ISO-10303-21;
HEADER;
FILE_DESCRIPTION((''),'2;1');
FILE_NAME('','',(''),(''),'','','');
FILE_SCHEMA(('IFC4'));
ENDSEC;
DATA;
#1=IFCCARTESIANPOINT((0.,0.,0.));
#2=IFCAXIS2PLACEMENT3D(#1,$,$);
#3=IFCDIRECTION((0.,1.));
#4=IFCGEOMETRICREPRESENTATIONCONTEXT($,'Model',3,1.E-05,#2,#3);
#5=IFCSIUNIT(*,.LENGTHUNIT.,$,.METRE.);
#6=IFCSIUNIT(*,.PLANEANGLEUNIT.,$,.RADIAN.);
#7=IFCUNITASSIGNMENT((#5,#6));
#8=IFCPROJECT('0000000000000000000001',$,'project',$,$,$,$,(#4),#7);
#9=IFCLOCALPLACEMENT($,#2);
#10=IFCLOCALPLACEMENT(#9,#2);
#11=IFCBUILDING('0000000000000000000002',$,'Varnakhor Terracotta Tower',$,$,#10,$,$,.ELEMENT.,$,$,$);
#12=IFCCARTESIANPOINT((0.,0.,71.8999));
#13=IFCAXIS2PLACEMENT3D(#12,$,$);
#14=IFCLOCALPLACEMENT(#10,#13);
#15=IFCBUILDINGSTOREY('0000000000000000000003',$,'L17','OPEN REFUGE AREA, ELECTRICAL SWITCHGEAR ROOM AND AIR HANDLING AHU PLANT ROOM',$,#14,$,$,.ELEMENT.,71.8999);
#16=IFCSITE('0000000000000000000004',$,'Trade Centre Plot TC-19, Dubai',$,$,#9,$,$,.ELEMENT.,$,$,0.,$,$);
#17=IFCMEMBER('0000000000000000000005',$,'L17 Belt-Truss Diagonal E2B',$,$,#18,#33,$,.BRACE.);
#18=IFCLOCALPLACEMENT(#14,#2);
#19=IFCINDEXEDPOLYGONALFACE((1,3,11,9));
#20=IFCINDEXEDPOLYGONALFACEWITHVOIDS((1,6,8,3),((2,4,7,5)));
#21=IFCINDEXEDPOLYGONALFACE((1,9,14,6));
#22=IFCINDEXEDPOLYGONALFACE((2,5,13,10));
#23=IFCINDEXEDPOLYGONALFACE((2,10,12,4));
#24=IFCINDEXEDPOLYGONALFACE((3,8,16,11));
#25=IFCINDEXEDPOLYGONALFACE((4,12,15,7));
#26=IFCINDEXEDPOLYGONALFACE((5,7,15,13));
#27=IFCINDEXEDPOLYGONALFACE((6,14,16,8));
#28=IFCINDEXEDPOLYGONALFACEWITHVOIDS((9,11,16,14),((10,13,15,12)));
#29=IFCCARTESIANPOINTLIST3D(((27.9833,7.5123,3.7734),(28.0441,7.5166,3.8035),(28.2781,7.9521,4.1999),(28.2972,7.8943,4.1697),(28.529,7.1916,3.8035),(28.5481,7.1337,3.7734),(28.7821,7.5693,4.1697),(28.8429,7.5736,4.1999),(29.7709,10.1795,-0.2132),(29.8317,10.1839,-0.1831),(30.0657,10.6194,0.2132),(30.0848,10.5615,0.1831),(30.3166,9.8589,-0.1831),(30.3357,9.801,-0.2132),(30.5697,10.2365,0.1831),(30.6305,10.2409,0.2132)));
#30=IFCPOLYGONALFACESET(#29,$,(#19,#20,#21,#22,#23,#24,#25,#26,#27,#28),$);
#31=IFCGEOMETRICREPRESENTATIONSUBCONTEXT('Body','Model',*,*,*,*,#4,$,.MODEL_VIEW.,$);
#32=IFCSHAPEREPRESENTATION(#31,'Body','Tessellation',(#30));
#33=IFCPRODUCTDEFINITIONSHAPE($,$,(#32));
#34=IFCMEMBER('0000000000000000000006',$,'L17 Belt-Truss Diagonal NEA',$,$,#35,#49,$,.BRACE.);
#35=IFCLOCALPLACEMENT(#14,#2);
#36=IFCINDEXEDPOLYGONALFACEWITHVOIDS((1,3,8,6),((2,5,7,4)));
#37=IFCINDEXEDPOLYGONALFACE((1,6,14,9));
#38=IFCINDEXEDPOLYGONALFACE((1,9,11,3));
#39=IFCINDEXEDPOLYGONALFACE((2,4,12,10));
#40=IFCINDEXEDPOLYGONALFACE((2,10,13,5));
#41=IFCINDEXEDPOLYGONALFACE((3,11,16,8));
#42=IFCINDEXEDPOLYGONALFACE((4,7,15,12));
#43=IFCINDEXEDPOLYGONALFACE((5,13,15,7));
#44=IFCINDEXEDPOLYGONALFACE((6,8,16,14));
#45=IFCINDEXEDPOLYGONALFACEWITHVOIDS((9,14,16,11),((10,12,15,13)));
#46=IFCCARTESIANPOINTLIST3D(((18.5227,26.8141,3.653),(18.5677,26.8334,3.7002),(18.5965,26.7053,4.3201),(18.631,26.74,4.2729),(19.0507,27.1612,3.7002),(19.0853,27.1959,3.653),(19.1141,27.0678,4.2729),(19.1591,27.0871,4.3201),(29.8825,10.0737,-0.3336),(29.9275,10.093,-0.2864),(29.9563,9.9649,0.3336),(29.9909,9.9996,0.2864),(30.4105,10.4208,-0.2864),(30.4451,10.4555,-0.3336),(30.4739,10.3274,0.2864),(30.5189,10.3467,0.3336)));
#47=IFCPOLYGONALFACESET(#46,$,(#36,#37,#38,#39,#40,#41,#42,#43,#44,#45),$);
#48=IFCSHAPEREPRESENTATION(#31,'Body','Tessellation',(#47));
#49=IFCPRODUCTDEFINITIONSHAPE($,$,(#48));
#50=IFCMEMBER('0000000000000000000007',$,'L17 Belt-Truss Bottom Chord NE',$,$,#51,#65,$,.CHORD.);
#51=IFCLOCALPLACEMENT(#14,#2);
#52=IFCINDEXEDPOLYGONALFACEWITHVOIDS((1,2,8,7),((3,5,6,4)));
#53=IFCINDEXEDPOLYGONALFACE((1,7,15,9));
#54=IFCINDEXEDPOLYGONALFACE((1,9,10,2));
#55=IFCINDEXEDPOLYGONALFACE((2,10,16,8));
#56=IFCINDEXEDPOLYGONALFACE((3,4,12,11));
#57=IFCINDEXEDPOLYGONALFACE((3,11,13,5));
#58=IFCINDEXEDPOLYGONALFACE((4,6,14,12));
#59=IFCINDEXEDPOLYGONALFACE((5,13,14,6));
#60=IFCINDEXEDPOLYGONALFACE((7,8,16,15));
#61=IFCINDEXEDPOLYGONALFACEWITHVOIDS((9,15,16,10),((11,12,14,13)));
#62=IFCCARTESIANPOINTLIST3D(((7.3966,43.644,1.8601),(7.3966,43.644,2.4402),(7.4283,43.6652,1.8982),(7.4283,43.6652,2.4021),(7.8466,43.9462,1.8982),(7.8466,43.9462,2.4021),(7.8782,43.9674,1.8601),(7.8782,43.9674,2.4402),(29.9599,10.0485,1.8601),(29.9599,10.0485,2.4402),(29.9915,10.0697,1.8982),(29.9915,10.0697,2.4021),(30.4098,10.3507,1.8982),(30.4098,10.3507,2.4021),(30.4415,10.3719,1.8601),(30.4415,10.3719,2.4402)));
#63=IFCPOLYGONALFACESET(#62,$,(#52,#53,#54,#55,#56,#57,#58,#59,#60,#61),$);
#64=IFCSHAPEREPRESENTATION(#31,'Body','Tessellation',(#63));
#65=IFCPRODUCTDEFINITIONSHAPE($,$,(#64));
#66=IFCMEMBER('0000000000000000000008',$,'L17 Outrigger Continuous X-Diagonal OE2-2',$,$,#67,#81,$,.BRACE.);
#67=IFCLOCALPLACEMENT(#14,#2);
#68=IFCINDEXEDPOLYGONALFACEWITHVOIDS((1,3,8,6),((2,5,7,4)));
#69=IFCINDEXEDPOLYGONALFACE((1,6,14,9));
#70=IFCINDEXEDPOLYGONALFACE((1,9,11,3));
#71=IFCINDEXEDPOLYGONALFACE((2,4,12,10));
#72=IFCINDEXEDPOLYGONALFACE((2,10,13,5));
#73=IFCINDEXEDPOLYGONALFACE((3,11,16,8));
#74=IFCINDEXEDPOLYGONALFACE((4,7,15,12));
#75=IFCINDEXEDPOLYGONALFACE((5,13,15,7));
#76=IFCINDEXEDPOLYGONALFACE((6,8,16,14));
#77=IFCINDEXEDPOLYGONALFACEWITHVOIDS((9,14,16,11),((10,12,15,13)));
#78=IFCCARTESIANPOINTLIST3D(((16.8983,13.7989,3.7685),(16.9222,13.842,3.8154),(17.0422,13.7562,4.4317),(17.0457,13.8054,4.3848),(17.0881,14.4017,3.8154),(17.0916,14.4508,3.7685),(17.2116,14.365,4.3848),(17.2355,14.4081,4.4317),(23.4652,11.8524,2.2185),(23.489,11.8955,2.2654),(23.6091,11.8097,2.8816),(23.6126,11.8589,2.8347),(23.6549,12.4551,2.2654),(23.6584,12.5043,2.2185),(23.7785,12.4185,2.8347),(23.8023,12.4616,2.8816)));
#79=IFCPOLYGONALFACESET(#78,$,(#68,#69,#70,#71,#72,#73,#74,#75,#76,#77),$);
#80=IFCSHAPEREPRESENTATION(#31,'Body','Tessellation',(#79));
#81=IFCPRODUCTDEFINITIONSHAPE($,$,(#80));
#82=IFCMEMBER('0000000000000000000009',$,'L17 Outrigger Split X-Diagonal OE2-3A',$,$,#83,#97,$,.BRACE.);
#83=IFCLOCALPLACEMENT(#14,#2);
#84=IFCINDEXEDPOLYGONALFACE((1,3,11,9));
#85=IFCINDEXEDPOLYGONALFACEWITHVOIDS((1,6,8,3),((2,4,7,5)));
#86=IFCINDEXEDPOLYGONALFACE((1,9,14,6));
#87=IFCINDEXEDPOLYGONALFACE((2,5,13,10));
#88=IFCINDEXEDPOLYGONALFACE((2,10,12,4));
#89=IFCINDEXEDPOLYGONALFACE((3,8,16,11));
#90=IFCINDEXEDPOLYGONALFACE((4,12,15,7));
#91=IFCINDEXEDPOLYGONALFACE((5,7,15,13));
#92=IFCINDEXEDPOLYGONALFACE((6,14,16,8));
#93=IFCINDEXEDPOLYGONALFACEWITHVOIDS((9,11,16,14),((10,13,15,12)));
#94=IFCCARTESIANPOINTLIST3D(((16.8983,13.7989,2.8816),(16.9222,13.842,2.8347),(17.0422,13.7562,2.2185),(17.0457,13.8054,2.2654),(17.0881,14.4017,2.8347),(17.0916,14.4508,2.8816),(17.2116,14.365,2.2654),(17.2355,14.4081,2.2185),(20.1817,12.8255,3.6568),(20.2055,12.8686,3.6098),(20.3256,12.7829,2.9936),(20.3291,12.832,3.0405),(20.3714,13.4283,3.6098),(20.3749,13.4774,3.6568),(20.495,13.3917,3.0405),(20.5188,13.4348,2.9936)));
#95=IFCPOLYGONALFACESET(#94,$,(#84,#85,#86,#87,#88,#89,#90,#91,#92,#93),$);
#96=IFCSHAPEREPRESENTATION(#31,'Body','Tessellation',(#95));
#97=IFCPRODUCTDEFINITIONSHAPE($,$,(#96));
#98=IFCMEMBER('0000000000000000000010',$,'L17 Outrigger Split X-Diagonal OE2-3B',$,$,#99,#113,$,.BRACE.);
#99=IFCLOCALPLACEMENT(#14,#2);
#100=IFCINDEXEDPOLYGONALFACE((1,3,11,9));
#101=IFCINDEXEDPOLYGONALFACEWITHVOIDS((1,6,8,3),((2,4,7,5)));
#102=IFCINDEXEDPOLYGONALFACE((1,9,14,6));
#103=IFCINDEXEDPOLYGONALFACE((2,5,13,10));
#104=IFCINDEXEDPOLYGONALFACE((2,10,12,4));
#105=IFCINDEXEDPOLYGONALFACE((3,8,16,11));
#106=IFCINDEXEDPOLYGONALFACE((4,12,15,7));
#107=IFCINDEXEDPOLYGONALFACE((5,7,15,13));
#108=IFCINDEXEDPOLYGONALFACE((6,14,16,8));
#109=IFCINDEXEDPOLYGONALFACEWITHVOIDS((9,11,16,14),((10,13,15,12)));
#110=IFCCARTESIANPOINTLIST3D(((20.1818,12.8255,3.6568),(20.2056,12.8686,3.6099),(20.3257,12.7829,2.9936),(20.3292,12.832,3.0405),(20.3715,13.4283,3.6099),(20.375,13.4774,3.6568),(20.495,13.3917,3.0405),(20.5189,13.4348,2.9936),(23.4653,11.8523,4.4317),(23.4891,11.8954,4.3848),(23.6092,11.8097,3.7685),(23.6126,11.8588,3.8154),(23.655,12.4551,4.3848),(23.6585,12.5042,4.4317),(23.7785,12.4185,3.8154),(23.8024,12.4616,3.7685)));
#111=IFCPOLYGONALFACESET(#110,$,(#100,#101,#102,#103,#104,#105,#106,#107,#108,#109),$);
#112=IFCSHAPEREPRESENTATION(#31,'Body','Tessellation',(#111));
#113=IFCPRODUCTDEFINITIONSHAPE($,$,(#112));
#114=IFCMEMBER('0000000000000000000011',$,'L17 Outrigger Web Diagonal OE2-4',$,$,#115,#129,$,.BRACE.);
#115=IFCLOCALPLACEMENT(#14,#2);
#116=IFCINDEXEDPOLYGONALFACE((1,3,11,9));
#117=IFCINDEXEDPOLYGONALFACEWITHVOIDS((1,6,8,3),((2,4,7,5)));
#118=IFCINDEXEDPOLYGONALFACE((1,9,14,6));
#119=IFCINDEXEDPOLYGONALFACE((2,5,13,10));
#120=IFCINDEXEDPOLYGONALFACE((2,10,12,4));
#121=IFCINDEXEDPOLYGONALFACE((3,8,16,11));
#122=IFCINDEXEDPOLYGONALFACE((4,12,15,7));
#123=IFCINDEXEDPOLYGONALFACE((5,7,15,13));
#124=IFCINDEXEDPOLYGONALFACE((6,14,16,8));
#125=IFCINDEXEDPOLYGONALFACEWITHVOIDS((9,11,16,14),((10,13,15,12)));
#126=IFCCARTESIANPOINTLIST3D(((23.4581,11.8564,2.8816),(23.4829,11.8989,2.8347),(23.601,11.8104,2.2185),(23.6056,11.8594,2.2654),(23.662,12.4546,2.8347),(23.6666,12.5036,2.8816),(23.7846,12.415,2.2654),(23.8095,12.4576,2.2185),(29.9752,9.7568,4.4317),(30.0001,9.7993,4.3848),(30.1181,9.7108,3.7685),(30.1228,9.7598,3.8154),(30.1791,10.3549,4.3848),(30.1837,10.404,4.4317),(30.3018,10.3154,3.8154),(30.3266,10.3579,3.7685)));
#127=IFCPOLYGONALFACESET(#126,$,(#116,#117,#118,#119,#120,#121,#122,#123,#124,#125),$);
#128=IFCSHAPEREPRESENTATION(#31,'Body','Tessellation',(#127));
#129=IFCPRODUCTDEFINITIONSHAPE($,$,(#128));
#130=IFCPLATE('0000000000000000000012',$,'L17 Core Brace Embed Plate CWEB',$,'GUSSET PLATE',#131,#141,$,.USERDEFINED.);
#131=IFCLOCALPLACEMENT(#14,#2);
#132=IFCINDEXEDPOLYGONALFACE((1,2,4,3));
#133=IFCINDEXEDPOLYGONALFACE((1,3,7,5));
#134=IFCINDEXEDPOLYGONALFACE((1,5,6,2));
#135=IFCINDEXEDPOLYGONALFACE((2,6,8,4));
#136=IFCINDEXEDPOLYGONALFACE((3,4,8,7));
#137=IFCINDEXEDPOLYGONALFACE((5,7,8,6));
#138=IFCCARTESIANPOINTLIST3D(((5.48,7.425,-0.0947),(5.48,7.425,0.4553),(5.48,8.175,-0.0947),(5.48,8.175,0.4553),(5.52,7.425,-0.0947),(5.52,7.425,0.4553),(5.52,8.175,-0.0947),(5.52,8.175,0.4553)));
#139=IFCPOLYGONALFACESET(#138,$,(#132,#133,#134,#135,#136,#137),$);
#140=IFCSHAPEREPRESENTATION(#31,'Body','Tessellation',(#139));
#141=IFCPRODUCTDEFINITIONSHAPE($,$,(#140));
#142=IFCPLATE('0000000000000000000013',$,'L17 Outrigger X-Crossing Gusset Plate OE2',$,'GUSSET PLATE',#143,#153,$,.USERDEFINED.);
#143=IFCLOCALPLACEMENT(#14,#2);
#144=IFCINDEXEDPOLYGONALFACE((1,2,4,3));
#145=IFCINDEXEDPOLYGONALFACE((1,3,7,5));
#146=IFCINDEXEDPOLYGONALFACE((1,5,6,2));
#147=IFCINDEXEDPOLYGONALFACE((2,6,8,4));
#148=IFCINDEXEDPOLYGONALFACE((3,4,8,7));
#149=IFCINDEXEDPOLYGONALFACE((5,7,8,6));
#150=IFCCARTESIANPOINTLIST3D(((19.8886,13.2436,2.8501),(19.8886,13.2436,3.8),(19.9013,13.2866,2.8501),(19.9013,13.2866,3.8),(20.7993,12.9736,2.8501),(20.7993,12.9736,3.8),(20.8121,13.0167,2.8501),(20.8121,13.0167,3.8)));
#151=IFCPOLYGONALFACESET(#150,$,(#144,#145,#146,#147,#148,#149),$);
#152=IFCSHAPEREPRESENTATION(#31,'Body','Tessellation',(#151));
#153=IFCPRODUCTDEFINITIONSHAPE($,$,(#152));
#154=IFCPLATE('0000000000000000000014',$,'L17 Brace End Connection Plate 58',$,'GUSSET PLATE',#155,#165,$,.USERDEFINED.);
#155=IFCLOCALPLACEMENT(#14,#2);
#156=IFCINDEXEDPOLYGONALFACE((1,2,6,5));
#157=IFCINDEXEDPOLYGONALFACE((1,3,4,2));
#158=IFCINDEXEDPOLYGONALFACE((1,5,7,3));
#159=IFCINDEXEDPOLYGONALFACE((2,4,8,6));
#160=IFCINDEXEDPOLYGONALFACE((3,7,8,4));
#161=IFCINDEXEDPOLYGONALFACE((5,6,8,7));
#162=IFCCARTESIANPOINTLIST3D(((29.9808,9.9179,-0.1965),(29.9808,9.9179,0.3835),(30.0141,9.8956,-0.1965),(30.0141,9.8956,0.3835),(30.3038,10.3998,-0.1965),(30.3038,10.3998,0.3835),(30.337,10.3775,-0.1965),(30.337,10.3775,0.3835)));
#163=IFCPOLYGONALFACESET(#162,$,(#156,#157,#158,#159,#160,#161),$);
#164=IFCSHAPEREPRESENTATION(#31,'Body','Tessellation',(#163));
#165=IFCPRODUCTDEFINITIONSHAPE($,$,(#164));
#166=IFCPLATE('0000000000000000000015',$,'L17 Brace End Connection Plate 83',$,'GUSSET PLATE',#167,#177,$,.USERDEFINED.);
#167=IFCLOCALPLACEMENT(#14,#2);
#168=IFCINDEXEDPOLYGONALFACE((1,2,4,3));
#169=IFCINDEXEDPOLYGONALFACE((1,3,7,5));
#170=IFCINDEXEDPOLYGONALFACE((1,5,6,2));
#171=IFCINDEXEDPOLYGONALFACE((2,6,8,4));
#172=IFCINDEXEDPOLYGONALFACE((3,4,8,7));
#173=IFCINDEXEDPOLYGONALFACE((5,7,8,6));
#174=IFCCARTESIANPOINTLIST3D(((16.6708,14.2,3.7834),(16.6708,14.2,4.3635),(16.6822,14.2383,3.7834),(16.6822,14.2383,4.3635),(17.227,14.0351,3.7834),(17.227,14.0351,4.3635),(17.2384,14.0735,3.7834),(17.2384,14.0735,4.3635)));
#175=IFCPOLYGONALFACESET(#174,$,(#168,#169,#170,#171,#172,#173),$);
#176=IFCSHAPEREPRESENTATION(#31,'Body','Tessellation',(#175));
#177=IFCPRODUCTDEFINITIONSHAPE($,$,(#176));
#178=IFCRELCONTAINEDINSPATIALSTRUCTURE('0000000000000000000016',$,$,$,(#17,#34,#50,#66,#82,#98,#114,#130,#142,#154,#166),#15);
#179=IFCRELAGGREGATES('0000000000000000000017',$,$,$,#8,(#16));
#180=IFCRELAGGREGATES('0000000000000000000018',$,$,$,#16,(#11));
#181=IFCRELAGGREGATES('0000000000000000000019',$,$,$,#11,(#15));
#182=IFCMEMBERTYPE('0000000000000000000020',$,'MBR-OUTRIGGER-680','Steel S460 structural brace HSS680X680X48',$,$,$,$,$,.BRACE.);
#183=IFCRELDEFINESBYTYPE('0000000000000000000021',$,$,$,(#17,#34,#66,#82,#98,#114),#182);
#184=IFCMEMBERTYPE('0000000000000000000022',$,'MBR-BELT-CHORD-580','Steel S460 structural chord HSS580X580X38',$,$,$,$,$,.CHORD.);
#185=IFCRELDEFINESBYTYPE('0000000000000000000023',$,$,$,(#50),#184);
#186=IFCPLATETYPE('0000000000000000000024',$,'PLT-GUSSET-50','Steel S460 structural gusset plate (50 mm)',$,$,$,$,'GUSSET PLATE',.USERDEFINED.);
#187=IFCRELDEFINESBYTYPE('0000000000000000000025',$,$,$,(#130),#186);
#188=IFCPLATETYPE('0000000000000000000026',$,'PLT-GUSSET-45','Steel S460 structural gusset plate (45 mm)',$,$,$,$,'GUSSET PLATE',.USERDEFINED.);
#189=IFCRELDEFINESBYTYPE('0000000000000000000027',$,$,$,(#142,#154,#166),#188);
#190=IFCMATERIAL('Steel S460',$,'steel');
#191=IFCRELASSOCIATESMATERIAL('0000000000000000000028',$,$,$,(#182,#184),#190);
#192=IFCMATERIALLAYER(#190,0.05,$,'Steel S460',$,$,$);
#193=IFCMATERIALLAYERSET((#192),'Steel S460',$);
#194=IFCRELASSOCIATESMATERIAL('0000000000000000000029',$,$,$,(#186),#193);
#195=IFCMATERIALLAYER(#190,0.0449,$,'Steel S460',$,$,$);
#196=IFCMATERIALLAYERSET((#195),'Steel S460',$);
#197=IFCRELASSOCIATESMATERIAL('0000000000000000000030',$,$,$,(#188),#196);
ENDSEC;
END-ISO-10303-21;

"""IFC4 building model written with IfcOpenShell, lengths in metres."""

from ifc_helpers import new_model, si_unit, direction, frame, origin, origin_2d, place, context, subcontext, project, spatial, rectangle, hollow_rectangle, extrude, source, transform, mapped, material, layer, layer_set, material_profile, profile_set, type_object, type_shapes, element, save


model = new_model("IFC4")

# Units and contexts
model_context = context("Model", 3, precision=1e-05, world=origin(), true_north=direction((0.0, 1.0)))
body_context = subcontext(model_context, "Body", "Model", "MODEL_VIEW")
ifc_project = project(units=[si_unit("LENGTHUNIT", "METRE"), si_unit("PLANEANGLEUNIT", "RADIAN")], contexts=[model_context])

# Site, building, storey
site_placement = place(None, origin())
site = spatial("IfcSite", under=ifc_project, at=site_placement, Name="Trade Centre Plot TC-19, Dubai", CompositionType="ELEMENT", RefElevation=0.0)
building_placement = place(site_placement, origin())
building = spatial("IfcBuilding", under=site, at=building_placement, Name="Varnakhor Terracotta Tower", CompositionType="ELEMENT")
storey_placement = place(building_placement, frame((0.0, 0.0, 71.8999)))
storey = spatial("IfcBuildingStorey", under=building, at=storey_placement, Name="L17", Description="OPEN REFUGE AREA, ELECTRICAL SWITCHGEAR ROOM AND AIR HANDLING AHU PLANT ROOM", CompositionType="ELEMENT", Elevation=71.8999)

# Shared definitions
ifc_material_1 = material(Name="Steel S460", Category="steel")

# Members
ifc_material_profile_1 = material_profile(ifc_material_1, hollow_rectangle(XDim=0.6799, YDim=0.6799, WallThickness=0.0481, at=origin_2d()), Name="HSS680X680X48")
ifc_profile_set_1 = profile_set([ifc_material_profile_1], Name="Steel S460")
member_type_1 = type_object("IfcMemberType", Name="MBR-OUTRIGGER-680", Description="Steel S460 structural brace HSS680X680X48", PredefinedType="BRACE", material=ifc_profile_set_1)
shared_shape_1 = source(origin(), body_context, "Body", "SweptSolid", [
    extrude(hollow_rectangle(XDim=0.6799, YDim=0.6799, WallThickness=0.0481, at=origin_2d()), origin(), (0.0, 0.0, 1.0), 5.1189),
])
member_1_placement = place(storey_placement, frame((30.2007, 10.2102, 0.0), z_axis=(-0.34922, -0.521064, 0.778805), x_axis=(0.830691, -0.556734, 0.0)))
element("IfcMember", 1, at=member_1_placement, inside=storey, type_object=member_type_1, Name="L17 Belt-Truss Diagonal E2B", PredefinedType="BRACE", context=body_context, shape_type="MappedRepresentation", body=[
    mapped(shared_shape_1, transform((0.0, 0.0, 0.0), scale=1.0)),
])
shared_shape_2 = source(origin(), body_context, "Body", "SweptSolid", [
    extrude(hollow_rectangle(XDim=0.6799, YDim=0.6799, WallThickness=0.0481, at=origin_2d()), origin(), (0.0, 0.0, 1.0), 20.6199),
])
member_2_placement = place(storey_placement, frame((30.2007, 10.2102, 0.0), z_axis=(-0.550916, 0.811858, 0.193336), x_axis=(-0.82747, -0.56151, 0.0)))
element("IfcMember", 2, at=member_2_placement, inside=storey, type_object=member_type_1, Name="L17 Belt-Truss Diagonal NEA", PredefinedType="BRACE", context=body_context, shape_type="MappedRepresentation", body=[
    mapped(shared_shape_2, transform((0.0, 0.0, 0.0), scale=1.0)),
])
ifc_material_profile_2 = material_profile(ifc_material_1, hollow_rectangle(XDim=0.5801, YDim=0.5801, WallThickness=0.0381, at=origin_2d()), Name="HSS580X580X38")
ifc_profile_set_2 = profile_set([ifc_material_profile_2], Name="Steel S460")
member_type_2 = type_object("IfcMemberType", Name="MBR-BELT-CHORD-580", Description="Steel S460 structural chord HSS580X580X38", PredefinedType="CHORD", material=ifc_profile_set_2)
shared_shape_3 = source(origin(), body_context, "Body", "SweptSolid", [
    extrude(hollow_rectangle(XDim=0.5801, YDim=0.5801, WallThickness=0.0381, at=origin_2d()), origin(), (0.0, 0.0, 1.0), 40.4692),
])
member_3_placement = place(storey_placement, frame((30.2007, 10.2102, 2.1501), z_axis=(-0.557541, 0.830149, 0.0), x_axis=(-0.830149, -0.557541, 0.0)))
element("IfcMember", 3, at=member_3_placement, inside=storey, type_object=member_type_2, Name="L17 Belt-Truss Bottom Chord NE", PredefinedType="CHORD", context=body_context, shape_type="MappedRepresentation", body=[
    mapped(shared_shape_3, transform((0.0, 0.0, 0.0), scale=1.0)),
])
shared_shape_4 = source(origin(), body_context, "Body", "SweptSolid", [
    extrude(hollow_rectangle(XDim=0.6799, YDim=0.6799, WallThickness=0.0481, at=origin_2d()), origin(), (0.0, 0.0, 1.0), 7.0225),
])
member_4_placement = place(storey_placement, frame((17.0669, 14.1035, 4.1001), z_axis=(0.93512, -0.277185, -0.220726), x_axis=(0.284194, 0.958767, 0.0)))
element("IfcMember", 4, at=member_4_placement, inside=storey, type_object=member_type_1, Name="L17 Outrigger Continuous X-Diagonal OE2-2", PredefinedType="BRACE", context=body_context, shape_type="MappedRepresentation", body=[
    mapped(shared_shape_4, transform((0.0, 0.0, 0.0), scale=1.0)),
])
shared_shape_5 = source(origin(), body_context, "Body", "SweptSolid", [
    extrude(hollow_rectangle(XDim=0.6799, YDim=0.6799, WallThickness=0.0481, at=origin_2d()), origin(), (0.0, 0.0, 1.0), 3.5112),
])
for number, where, z_axis, x_axis, name in (
    (5, (17.0669, 14.1035, 2.55), (0.935104, -0.277215, 0.220756), (0.284227, 0.958757, 0.0), "L17 Outrigger Split X-Diagonal OE2-3A"),
    (6, (20.3503, 13.1301, 3.3252), (0.935136, -0.277155, 0.220695), (0.284161, 0.958777, 0.0), "L17 Outrigger Split X-Diagonal OE2-3B"),
):
    element("IfcMember", number, at=place(storey_placement, frame(where, z_axis=z_axis, x_axis=x_axis)), inside=storey, type_object=member_type_1, Name=name, PredefinedType="BRACE", context=body_context, shape_type="MappedRepresentation", body=[
        mapped(shared_shape_5, transform((0.0, 0.0, 0.0), scale=1.0)),
    ])
shared_shape_6 = source(origin(), body_context, "Body", "SweptSolid", [
    extrude(hollow_rectangle(XDim=0.6799, YDim=0.6799, WallThickness=0.0481, at=origin_2d()), origin(), (0.0, 0.0, 1.0), 7.0203),
])
member_5_placement = place(storey_placement, frame((23.6338, 12.157, 2.55), z_axis=(0.928331, -0.29908, 0.220798), x_axis=(0.306649, 0.951823, 0.0)))
element("IfcMember", 7, at=member_5_placement, inside=storey, type_object=member_type_1, Name="L17 Outrigger Web Diagonal OE2-4", PredefinedType="BRACE", context=body_context, shape_type="MappedRepresentation", body=[
    mapped(shared_shape_6, transform((0.0, 0.0, 0.0), scale=1.0)),
])

# Plates
ifc_layer_1 = layer(ifc_material_1, 0.05, Name="Steel S460")
ifc_layer_set_1 = layer_set([ifc_layer_1], Name="Steel S460")
plate_type_1 = type_object("IfcPlateType", Name="PLT-GUSSET-50", Description="Steel S460 structural gusset plate (50 mm)", ElementType="GUSSET PLATE", PredefinedType="USERDEFINED", material=ifc_layer_set_1)
shared_shape_7 = source(origin(), body_context, "Body", "SweptSolid", [
    extrude(rectangle(XDim=0.75, YDim=0.04, at=origin_2d()), origin(), (0.0, 0.0, 1.0), 0.55),
])
type_shapes(plate_type_1, [shared_shape_7])
plate_1_placement = place(storey_placement, frame((5.5, 7.8, -0.0947), z_axis=(0.0, 0.0, 1.0), x_axis=(0.0, 1.0, 0.0)))
element("IfcPlate", 8, at=plate_1_placement, inside=storey, type_object=plate_type_1, Name="L17 Core Brace Embed Plate CWEB", ObjectType="GUSSET PLATE", PredefinedType="USERDEFINED", context=body_context, shape_type="MappedRepresentation", body=[
    mapped(shared_shape_7, transform((0.0, 0.0, 0.0), scale=1.0)),
])
ifc_layer_2 = layer(ifc_material_1, 0.0449, Name="Steel S460")
ifc_layer_set_2 = layer_set([ifc_layer_2], Name="Steel S460")
plate_type_2 = type_object("IfcPlateType", Name="PLT-GUSSET-45", Description="Steel S460 structural gusset plate (45 mm)", ElementType="GUSSET PLATE", PredefinedType="USERDEFINED", material=ifc_layer_set_2)
shared_shape_8 = source(origin(), body_context, "Body", "SweptSolid", [
    extrude(rectangle(XDim=0.95, YDim=0.0449, at=origin_2d()), origin(), (0.0, 0.0, 1.0), 0.95),
])
type_shapes(plate_type_2, [shared_shape_8])
plate_2_placement = place(storey_placement, frame((20.3503, 13.1301, 2.8501), z_axis=(0.0, 0.0, 1.0), x_axis=(0.958765, -0.284199, 0.0)))
element("IfcPlate", 9, at=plate_2_placement, inside=storey, type_object=plate_type_2, Name="L17 Outrigger X-Crossing Gusset Plate OE2", ObjectType="GUSSET PLATE", PredefinedType="USERDEFINED", context=body_context, shape_type="MappedRepresentation", body=[
    mapped(shared_shape_8, transform((0.0, 0.0, 0.0), scale=1.0)),
])
shared_shape_9 = source(origin(), body_context, "Body", "SweptSolid", [
    extrude(rectangle(XDim=0.5801, YDim=0.04, at=origin_2d()), origin(), (0.0, 0.0, 1.0), 0.5801),
])
for number, where, z_axis, x_axis, name in (
    (10, (30.1589, 10.1477, -0.1965), (0.0, 0.0, 1.0), (-0.556745, -0.830683, 0.0), "L17 Brace End Connection Plate 58"),
    (11, (16.9546, 14.1367, 3.7834), (0.0, 0.0, 1.0), (0.958765, -0.284199, 0.0), "L17 Brace End Connection Plate 83"),
):
    element("IfcPlate", number, at=place(storey_placement, frame(where, z_axis=z_axis, x_axis=x_axis)), inside=storey, type_object=plate_type_2, Name=name, ObjectType="GUSSET PLATE", PredefinedType="USERDEFINED", context=body_context, shape_type="MappedRepresentation", body=[
        mapped(shared_shape_9, transform((0.0, 0.0, 0.0), scale=1.0)),
    ])

save(model, "model.ifc")
